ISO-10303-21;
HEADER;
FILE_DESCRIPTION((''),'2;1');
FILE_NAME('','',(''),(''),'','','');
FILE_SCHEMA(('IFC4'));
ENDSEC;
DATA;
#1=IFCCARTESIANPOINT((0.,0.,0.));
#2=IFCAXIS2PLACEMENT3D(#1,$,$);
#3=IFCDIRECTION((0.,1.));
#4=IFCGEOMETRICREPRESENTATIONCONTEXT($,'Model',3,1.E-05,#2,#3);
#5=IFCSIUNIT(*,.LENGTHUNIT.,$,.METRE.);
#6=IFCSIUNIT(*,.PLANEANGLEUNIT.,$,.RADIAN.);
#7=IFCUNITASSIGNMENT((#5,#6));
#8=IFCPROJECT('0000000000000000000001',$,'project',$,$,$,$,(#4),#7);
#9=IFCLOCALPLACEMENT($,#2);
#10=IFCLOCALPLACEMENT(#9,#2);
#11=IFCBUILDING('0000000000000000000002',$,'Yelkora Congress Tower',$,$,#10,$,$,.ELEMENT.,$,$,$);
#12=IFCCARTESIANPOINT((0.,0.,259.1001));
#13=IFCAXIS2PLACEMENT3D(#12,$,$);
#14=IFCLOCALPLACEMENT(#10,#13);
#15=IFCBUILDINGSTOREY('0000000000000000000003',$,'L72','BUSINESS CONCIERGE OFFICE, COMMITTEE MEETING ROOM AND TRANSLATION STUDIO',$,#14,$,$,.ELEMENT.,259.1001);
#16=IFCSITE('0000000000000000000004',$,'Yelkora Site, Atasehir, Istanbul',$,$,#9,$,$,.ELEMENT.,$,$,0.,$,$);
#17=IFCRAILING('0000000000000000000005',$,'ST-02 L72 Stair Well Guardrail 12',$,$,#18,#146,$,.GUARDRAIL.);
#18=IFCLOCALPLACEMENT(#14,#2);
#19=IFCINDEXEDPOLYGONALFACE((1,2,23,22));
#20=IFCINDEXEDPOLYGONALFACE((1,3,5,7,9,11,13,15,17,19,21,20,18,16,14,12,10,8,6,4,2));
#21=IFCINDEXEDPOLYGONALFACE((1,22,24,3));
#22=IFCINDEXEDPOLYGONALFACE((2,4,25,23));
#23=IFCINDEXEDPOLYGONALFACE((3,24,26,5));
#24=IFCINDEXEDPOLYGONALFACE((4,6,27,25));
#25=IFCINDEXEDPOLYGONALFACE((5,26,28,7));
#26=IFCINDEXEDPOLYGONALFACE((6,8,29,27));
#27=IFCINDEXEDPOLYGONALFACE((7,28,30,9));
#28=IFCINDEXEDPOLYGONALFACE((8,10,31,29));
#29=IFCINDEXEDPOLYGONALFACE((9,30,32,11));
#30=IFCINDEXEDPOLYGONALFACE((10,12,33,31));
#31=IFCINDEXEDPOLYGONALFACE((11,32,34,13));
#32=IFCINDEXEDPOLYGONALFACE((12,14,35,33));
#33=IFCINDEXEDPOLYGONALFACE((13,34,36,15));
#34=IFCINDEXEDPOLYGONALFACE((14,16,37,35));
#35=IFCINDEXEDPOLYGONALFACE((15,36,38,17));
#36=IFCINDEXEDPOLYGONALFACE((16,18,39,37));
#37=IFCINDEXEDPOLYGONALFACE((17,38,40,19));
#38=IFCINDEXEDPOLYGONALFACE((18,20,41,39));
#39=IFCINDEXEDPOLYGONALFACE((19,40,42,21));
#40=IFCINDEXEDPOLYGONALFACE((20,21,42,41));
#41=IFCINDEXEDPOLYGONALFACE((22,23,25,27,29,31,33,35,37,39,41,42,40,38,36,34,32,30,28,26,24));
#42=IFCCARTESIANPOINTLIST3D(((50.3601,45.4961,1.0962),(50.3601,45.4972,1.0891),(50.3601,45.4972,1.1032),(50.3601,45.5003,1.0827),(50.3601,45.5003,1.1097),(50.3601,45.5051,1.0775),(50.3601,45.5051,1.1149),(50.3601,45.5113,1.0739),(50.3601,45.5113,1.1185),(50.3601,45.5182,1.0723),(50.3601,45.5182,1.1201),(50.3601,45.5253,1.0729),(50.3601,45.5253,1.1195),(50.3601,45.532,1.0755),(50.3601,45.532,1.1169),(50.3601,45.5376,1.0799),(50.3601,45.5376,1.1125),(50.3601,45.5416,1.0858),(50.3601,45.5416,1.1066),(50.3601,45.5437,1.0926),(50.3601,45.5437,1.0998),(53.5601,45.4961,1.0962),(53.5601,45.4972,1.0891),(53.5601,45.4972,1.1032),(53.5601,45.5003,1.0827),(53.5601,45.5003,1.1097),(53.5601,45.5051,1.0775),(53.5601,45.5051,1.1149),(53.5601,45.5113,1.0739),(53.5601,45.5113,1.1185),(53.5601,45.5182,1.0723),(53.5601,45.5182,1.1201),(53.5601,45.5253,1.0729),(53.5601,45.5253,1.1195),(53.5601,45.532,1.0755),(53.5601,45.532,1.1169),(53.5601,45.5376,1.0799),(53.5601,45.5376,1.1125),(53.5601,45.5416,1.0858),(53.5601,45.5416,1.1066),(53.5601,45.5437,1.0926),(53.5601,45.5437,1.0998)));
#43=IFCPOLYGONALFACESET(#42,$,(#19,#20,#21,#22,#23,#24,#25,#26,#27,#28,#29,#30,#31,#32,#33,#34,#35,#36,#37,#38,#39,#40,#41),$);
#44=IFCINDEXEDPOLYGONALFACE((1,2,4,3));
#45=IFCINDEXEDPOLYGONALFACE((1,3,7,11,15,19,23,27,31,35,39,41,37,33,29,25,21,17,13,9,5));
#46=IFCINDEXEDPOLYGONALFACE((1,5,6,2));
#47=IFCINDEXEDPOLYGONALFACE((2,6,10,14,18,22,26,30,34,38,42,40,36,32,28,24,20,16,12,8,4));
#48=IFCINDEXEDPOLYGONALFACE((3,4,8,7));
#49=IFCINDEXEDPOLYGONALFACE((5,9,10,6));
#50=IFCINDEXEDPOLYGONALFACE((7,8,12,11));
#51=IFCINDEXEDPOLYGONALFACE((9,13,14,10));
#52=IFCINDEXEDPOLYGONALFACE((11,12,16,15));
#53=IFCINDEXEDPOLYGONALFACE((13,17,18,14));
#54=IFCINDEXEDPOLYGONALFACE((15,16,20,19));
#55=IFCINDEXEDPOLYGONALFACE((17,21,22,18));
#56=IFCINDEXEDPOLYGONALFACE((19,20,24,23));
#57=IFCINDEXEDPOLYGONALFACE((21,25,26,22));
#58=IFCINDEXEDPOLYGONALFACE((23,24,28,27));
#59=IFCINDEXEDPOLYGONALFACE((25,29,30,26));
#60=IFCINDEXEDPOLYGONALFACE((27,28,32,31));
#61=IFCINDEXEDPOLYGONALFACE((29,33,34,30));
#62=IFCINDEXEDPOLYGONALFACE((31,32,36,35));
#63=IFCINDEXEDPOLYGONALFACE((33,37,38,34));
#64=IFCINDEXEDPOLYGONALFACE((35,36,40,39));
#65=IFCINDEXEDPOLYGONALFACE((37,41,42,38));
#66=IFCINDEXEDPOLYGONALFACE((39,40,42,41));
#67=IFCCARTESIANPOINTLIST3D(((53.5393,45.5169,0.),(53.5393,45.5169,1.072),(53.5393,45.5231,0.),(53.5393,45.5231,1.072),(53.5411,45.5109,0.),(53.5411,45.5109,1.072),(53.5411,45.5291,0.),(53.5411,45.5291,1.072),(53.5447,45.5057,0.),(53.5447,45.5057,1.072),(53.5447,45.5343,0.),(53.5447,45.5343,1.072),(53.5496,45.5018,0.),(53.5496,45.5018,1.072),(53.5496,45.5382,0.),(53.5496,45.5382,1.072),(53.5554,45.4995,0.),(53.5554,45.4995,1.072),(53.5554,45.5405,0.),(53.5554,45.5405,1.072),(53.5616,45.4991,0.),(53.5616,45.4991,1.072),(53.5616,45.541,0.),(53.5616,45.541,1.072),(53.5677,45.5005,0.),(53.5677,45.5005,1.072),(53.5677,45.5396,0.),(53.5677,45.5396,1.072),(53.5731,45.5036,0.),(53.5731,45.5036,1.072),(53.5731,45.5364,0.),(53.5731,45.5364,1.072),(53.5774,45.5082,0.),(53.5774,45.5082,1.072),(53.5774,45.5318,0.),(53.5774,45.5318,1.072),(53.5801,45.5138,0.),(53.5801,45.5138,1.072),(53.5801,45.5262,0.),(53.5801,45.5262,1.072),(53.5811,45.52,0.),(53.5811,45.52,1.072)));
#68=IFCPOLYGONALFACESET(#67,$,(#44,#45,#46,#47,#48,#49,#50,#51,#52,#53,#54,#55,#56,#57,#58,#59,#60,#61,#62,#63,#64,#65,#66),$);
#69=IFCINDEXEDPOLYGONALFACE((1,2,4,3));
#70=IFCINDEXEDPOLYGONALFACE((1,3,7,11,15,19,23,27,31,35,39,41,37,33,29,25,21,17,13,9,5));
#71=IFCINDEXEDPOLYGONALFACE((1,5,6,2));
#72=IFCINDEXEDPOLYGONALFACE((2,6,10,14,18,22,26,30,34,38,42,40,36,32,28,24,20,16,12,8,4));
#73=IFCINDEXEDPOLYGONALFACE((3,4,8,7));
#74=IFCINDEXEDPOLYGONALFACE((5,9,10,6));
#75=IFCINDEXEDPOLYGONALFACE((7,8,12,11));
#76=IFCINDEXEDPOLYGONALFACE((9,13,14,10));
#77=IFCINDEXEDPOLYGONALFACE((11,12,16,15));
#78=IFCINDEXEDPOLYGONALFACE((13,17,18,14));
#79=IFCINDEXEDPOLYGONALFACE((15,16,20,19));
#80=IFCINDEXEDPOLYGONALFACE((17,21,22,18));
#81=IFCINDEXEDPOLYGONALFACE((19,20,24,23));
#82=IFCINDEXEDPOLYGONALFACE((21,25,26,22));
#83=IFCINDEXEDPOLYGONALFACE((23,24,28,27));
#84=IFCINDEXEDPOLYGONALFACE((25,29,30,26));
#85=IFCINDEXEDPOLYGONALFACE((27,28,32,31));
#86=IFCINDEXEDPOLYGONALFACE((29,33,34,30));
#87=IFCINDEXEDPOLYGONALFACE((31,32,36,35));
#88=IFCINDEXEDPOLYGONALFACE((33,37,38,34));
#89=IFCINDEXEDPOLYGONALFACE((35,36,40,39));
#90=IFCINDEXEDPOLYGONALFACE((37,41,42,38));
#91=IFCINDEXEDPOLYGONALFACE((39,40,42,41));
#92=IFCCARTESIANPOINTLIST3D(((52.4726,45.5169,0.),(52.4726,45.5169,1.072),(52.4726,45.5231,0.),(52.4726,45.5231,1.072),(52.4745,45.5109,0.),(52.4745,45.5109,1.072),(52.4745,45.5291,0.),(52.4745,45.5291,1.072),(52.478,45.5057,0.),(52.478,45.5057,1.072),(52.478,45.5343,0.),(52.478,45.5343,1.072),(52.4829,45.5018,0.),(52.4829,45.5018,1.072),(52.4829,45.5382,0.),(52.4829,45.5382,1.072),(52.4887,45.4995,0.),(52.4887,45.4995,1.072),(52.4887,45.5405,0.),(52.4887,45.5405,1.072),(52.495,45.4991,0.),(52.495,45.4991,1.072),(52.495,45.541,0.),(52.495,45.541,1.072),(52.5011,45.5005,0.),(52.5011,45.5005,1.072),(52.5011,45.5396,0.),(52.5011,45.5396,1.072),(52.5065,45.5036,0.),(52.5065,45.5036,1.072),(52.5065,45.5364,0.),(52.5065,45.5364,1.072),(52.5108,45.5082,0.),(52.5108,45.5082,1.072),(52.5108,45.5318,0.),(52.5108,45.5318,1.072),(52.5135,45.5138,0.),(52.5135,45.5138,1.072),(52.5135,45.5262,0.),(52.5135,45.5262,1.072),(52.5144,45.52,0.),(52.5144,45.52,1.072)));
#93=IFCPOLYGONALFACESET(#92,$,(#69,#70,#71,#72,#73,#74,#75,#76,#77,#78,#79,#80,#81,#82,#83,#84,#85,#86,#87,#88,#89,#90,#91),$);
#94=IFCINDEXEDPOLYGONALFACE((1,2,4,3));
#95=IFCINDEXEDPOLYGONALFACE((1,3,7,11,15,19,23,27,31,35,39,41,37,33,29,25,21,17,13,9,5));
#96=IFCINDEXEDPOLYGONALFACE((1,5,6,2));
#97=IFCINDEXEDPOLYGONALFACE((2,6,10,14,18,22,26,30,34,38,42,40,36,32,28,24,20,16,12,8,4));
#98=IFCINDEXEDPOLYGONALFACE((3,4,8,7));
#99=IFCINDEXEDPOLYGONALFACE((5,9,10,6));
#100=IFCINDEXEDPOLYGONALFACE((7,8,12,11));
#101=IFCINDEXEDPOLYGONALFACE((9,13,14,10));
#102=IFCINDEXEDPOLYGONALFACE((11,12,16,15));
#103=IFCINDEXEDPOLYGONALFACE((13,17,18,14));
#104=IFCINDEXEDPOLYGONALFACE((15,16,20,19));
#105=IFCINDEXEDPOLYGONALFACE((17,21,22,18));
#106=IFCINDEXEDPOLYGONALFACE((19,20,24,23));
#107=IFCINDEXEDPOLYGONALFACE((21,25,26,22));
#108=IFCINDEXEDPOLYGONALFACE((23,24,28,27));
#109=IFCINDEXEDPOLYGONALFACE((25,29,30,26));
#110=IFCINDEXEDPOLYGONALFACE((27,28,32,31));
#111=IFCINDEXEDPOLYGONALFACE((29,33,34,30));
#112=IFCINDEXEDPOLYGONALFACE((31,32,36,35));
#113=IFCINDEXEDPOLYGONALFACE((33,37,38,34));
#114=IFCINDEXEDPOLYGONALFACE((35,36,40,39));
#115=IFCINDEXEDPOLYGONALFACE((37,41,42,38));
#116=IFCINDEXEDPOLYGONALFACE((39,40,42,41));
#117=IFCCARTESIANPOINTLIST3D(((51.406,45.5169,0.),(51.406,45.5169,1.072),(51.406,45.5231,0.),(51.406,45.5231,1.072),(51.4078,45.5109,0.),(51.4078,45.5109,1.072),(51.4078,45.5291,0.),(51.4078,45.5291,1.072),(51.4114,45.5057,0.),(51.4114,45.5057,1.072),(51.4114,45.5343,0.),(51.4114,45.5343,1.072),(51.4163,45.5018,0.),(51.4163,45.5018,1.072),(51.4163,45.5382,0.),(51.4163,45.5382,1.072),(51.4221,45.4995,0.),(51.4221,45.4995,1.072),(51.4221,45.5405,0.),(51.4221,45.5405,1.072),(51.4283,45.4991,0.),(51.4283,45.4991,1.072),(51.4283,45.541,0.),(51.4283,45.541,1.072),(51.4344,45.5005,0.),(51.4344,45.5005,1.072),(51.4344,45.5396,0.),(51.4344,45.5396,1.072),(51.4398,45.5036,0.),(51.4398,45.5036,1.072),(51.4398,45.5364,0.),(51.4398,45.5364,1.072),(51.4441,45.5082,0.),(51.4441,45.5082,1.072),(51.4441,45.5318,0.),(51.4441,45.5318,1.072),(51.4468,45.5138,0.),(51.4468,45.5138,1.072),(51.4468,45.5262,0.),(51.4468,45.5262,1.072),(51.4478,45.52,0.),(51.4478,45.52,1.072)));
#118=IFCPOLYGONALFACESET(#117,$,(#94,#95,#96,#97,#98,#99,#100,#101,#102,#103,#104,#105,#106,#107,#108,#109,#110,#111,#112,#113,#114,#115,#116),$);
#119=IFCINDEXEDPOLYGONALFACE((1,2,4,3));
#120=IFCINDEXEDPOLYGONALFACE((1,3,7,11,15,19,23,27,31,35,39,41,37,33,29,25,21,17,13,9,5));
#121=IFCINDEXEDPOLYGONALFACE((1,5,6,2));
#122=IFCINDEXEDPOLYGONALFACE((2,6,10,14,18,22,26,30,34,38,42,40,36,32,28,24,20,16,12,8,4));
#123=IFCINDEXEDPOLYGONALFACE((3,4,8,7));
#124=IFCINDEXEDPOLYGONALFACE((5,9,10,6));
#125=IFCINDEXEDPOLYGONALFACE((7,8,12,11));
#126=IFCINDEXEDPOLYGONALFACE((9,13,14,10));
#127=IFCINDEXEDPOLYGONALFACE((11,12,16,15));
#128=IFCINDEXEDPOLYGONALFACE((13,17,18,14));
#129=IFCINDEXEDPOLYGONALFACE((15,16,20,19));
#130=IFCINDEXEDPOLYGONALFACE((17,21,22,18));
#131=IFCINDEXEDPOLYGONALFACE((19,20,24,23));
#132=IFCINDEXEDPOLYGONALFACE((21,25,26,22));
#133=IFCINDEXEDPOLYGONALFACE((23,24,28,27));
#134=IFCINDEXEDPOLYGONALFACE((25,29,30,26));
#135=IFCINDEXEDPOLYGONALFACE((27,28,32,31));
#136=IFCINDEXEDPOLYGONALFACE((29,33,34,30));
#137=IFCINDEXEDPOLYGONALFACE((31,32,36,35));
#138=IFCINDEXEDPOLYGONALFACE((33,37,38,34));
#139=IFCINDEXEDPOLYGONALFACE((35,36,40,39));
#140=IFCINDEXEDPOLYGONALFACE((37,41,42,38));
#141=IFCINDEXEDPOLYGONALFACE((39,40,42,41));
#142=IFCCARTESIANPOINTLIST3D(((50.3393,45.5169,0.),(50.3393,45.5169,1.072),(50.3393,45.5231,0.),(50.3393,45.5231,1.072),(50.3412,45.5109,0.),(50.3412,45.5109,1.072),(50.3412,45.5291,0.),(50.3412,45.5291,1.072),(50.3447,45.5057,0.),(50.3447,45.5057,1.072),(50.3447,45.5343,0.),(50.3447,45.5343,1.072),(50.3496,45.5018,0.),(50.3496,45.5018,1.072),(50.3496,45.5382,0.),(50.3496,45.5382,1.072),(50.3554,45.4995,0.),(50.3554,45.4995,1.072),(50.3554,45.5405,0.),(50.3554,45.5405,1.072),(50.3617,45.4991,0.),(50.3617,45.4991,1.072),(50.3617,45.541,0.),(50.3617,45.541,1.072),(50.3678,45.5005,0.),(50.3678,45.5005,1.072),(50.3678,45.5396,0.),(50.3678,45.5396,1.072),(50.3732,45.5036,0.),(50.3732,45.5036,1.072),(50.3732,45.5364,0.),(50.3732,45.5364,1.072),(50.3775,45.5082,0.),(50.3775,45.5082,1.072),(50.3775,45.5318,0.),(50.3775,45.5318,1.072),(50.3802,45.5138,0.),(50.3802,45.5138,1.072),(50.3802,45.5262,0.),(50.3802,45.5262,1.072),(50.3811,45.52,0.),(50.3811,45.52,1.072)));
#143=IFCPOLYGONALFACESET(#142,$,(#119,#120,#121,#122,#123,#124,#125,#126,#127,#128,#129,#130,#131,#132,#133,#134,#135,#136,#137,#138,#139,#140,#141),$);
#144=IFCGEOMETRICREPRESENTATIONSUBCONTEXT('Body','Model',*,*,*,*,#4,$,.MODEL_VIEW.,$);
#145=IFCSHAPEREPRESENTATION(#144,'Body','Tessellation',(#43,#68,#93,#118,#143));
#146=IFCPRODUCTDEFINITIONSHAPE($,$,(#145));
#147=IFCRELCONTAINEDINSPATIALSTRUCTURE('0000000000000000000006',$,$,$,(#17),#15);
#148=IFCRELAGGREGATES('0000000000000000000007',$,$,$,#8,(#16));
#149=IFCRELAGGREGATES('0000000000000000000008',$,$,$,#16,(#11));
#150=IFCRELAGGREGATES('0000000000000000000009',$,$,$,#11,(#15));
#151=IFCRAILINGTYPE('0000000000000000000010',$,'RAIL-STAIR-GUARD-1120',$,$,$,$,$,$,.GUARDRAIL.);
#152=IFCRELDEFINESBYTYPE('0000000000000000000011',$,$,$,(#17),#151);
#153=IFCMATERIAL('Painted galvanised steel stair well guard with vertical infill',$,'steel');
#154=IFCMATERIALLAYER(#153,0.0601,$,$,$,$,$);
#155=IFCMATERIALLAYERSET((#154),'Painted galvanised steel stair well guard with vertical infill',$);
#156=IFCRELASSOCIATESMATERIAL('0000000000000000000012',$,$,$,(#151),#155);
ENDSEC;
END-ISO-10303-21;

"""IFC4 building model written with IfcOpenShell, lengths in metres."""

from ifc_helpers import new_model, si_unit, direction, frame, origin, origin_2d, place, context, subcontext, project, spatial, circle, extrude, material, layer, layer_set, type_object, element, save


model = new_model("IFC4")

# Units and contexts
model_context = context("Model", 3, precision=1e-05, world=origin(), true_north=direction((0.0, 1.0)))
body_context = subcontext(model_context, "Body", "Model", "MODEL_VIEW")
ifc_project = project(units=[si_unit("LENGTHUNIT", "METRE"), si_unit("PLANEANGLEUNIT", "RADIAN")], contexts=[model_context])

# Site, building, storey
site_placement = place(None, origin())
site = spatial("IfcSite", under=ifc_project, at=site_placement, Name="Yelkora Site, Atasehir, Istanbul", CompositionType="ELEMENT", RefElevation=0.0)
building_placement = place(site_placement, origin())
building = spatial("IfcBuilding", under=site, at=building_placement, Name="Yelkora Congress Tower", CompositionType="ELEMENT")
storey_placement = place(building_placement, frame((0.0, 0.0, 259.1001)))
storey = spatial("IfcBuildingStorey", under=building, at=storey_placement, Name="L72", Description="BUSINESS CONCIERGE OFFICE, COMMITTEE MEETING ROOM AND TRANSLATION STUDIO", CompositionType="ELEMENT", Elevation=259.1001)

# Railing
ifc_material_1 = material(Name="Painted galvanised steel stair well guard with vertical infill", Category="steel")
ifc_layer_1 = layer(ifc_material_1, 0.0601)
ifc_layer_set_1 = layer_set([ifc_layer_1], Name="Painted galvanised steel stair well guard with vertical infill")
railing_type_1 = type_object("IfcRailingType", Name="RAIL-STAIR-GUARD-1120", PredefinedType="GUARDRAIL", material=ifc_layer_set_1)
railing_1_placement = place(storey_placement, frame((53.5601, 45.52, 0.0)))
element("IfcRailing", 1, at=railing_1_placement, inside=storey, type_object=railing_type_1, Name="ST-02 L72 Stair Well Guardrail 12", PredefinedType="GUARDRAIL", context=body_context, shape_type="SweptSolid", body=[
    extrude(circle(Radius=0.0239, at=origin_2d()), frame((0.0, 0.0, 1.0962), z_axis=(-1.0, 0.0, 0.0), x_axis=(0.0, -1.0, 0.0)), (0.0, 0.0, 1.0), 3.2),
    extrude(circle(Radius=0.021, at=origin_2d()), origin(), (0.0, 0.0, 1.0), 1.072),
    extrude(circle(Radius=0.021, at=origin_2d()), frame((-1.0667, 0.0, 0.0)), (0.0, 0.0, 1.0), 1.072),
    extrude(circle(Radius=0.021, at=origin_2d()), frame((-2.1333, 0.0, 0.0)), (0.0, 0.0, 1.0), 1.072),
    extrude(circle(Radius=0.021, at=origin_2d()), frame((-3.2, 0.0, 0.0)), (0.0, 0.0, 1.0), 1.072),
])

save(model, "model.ifc")
